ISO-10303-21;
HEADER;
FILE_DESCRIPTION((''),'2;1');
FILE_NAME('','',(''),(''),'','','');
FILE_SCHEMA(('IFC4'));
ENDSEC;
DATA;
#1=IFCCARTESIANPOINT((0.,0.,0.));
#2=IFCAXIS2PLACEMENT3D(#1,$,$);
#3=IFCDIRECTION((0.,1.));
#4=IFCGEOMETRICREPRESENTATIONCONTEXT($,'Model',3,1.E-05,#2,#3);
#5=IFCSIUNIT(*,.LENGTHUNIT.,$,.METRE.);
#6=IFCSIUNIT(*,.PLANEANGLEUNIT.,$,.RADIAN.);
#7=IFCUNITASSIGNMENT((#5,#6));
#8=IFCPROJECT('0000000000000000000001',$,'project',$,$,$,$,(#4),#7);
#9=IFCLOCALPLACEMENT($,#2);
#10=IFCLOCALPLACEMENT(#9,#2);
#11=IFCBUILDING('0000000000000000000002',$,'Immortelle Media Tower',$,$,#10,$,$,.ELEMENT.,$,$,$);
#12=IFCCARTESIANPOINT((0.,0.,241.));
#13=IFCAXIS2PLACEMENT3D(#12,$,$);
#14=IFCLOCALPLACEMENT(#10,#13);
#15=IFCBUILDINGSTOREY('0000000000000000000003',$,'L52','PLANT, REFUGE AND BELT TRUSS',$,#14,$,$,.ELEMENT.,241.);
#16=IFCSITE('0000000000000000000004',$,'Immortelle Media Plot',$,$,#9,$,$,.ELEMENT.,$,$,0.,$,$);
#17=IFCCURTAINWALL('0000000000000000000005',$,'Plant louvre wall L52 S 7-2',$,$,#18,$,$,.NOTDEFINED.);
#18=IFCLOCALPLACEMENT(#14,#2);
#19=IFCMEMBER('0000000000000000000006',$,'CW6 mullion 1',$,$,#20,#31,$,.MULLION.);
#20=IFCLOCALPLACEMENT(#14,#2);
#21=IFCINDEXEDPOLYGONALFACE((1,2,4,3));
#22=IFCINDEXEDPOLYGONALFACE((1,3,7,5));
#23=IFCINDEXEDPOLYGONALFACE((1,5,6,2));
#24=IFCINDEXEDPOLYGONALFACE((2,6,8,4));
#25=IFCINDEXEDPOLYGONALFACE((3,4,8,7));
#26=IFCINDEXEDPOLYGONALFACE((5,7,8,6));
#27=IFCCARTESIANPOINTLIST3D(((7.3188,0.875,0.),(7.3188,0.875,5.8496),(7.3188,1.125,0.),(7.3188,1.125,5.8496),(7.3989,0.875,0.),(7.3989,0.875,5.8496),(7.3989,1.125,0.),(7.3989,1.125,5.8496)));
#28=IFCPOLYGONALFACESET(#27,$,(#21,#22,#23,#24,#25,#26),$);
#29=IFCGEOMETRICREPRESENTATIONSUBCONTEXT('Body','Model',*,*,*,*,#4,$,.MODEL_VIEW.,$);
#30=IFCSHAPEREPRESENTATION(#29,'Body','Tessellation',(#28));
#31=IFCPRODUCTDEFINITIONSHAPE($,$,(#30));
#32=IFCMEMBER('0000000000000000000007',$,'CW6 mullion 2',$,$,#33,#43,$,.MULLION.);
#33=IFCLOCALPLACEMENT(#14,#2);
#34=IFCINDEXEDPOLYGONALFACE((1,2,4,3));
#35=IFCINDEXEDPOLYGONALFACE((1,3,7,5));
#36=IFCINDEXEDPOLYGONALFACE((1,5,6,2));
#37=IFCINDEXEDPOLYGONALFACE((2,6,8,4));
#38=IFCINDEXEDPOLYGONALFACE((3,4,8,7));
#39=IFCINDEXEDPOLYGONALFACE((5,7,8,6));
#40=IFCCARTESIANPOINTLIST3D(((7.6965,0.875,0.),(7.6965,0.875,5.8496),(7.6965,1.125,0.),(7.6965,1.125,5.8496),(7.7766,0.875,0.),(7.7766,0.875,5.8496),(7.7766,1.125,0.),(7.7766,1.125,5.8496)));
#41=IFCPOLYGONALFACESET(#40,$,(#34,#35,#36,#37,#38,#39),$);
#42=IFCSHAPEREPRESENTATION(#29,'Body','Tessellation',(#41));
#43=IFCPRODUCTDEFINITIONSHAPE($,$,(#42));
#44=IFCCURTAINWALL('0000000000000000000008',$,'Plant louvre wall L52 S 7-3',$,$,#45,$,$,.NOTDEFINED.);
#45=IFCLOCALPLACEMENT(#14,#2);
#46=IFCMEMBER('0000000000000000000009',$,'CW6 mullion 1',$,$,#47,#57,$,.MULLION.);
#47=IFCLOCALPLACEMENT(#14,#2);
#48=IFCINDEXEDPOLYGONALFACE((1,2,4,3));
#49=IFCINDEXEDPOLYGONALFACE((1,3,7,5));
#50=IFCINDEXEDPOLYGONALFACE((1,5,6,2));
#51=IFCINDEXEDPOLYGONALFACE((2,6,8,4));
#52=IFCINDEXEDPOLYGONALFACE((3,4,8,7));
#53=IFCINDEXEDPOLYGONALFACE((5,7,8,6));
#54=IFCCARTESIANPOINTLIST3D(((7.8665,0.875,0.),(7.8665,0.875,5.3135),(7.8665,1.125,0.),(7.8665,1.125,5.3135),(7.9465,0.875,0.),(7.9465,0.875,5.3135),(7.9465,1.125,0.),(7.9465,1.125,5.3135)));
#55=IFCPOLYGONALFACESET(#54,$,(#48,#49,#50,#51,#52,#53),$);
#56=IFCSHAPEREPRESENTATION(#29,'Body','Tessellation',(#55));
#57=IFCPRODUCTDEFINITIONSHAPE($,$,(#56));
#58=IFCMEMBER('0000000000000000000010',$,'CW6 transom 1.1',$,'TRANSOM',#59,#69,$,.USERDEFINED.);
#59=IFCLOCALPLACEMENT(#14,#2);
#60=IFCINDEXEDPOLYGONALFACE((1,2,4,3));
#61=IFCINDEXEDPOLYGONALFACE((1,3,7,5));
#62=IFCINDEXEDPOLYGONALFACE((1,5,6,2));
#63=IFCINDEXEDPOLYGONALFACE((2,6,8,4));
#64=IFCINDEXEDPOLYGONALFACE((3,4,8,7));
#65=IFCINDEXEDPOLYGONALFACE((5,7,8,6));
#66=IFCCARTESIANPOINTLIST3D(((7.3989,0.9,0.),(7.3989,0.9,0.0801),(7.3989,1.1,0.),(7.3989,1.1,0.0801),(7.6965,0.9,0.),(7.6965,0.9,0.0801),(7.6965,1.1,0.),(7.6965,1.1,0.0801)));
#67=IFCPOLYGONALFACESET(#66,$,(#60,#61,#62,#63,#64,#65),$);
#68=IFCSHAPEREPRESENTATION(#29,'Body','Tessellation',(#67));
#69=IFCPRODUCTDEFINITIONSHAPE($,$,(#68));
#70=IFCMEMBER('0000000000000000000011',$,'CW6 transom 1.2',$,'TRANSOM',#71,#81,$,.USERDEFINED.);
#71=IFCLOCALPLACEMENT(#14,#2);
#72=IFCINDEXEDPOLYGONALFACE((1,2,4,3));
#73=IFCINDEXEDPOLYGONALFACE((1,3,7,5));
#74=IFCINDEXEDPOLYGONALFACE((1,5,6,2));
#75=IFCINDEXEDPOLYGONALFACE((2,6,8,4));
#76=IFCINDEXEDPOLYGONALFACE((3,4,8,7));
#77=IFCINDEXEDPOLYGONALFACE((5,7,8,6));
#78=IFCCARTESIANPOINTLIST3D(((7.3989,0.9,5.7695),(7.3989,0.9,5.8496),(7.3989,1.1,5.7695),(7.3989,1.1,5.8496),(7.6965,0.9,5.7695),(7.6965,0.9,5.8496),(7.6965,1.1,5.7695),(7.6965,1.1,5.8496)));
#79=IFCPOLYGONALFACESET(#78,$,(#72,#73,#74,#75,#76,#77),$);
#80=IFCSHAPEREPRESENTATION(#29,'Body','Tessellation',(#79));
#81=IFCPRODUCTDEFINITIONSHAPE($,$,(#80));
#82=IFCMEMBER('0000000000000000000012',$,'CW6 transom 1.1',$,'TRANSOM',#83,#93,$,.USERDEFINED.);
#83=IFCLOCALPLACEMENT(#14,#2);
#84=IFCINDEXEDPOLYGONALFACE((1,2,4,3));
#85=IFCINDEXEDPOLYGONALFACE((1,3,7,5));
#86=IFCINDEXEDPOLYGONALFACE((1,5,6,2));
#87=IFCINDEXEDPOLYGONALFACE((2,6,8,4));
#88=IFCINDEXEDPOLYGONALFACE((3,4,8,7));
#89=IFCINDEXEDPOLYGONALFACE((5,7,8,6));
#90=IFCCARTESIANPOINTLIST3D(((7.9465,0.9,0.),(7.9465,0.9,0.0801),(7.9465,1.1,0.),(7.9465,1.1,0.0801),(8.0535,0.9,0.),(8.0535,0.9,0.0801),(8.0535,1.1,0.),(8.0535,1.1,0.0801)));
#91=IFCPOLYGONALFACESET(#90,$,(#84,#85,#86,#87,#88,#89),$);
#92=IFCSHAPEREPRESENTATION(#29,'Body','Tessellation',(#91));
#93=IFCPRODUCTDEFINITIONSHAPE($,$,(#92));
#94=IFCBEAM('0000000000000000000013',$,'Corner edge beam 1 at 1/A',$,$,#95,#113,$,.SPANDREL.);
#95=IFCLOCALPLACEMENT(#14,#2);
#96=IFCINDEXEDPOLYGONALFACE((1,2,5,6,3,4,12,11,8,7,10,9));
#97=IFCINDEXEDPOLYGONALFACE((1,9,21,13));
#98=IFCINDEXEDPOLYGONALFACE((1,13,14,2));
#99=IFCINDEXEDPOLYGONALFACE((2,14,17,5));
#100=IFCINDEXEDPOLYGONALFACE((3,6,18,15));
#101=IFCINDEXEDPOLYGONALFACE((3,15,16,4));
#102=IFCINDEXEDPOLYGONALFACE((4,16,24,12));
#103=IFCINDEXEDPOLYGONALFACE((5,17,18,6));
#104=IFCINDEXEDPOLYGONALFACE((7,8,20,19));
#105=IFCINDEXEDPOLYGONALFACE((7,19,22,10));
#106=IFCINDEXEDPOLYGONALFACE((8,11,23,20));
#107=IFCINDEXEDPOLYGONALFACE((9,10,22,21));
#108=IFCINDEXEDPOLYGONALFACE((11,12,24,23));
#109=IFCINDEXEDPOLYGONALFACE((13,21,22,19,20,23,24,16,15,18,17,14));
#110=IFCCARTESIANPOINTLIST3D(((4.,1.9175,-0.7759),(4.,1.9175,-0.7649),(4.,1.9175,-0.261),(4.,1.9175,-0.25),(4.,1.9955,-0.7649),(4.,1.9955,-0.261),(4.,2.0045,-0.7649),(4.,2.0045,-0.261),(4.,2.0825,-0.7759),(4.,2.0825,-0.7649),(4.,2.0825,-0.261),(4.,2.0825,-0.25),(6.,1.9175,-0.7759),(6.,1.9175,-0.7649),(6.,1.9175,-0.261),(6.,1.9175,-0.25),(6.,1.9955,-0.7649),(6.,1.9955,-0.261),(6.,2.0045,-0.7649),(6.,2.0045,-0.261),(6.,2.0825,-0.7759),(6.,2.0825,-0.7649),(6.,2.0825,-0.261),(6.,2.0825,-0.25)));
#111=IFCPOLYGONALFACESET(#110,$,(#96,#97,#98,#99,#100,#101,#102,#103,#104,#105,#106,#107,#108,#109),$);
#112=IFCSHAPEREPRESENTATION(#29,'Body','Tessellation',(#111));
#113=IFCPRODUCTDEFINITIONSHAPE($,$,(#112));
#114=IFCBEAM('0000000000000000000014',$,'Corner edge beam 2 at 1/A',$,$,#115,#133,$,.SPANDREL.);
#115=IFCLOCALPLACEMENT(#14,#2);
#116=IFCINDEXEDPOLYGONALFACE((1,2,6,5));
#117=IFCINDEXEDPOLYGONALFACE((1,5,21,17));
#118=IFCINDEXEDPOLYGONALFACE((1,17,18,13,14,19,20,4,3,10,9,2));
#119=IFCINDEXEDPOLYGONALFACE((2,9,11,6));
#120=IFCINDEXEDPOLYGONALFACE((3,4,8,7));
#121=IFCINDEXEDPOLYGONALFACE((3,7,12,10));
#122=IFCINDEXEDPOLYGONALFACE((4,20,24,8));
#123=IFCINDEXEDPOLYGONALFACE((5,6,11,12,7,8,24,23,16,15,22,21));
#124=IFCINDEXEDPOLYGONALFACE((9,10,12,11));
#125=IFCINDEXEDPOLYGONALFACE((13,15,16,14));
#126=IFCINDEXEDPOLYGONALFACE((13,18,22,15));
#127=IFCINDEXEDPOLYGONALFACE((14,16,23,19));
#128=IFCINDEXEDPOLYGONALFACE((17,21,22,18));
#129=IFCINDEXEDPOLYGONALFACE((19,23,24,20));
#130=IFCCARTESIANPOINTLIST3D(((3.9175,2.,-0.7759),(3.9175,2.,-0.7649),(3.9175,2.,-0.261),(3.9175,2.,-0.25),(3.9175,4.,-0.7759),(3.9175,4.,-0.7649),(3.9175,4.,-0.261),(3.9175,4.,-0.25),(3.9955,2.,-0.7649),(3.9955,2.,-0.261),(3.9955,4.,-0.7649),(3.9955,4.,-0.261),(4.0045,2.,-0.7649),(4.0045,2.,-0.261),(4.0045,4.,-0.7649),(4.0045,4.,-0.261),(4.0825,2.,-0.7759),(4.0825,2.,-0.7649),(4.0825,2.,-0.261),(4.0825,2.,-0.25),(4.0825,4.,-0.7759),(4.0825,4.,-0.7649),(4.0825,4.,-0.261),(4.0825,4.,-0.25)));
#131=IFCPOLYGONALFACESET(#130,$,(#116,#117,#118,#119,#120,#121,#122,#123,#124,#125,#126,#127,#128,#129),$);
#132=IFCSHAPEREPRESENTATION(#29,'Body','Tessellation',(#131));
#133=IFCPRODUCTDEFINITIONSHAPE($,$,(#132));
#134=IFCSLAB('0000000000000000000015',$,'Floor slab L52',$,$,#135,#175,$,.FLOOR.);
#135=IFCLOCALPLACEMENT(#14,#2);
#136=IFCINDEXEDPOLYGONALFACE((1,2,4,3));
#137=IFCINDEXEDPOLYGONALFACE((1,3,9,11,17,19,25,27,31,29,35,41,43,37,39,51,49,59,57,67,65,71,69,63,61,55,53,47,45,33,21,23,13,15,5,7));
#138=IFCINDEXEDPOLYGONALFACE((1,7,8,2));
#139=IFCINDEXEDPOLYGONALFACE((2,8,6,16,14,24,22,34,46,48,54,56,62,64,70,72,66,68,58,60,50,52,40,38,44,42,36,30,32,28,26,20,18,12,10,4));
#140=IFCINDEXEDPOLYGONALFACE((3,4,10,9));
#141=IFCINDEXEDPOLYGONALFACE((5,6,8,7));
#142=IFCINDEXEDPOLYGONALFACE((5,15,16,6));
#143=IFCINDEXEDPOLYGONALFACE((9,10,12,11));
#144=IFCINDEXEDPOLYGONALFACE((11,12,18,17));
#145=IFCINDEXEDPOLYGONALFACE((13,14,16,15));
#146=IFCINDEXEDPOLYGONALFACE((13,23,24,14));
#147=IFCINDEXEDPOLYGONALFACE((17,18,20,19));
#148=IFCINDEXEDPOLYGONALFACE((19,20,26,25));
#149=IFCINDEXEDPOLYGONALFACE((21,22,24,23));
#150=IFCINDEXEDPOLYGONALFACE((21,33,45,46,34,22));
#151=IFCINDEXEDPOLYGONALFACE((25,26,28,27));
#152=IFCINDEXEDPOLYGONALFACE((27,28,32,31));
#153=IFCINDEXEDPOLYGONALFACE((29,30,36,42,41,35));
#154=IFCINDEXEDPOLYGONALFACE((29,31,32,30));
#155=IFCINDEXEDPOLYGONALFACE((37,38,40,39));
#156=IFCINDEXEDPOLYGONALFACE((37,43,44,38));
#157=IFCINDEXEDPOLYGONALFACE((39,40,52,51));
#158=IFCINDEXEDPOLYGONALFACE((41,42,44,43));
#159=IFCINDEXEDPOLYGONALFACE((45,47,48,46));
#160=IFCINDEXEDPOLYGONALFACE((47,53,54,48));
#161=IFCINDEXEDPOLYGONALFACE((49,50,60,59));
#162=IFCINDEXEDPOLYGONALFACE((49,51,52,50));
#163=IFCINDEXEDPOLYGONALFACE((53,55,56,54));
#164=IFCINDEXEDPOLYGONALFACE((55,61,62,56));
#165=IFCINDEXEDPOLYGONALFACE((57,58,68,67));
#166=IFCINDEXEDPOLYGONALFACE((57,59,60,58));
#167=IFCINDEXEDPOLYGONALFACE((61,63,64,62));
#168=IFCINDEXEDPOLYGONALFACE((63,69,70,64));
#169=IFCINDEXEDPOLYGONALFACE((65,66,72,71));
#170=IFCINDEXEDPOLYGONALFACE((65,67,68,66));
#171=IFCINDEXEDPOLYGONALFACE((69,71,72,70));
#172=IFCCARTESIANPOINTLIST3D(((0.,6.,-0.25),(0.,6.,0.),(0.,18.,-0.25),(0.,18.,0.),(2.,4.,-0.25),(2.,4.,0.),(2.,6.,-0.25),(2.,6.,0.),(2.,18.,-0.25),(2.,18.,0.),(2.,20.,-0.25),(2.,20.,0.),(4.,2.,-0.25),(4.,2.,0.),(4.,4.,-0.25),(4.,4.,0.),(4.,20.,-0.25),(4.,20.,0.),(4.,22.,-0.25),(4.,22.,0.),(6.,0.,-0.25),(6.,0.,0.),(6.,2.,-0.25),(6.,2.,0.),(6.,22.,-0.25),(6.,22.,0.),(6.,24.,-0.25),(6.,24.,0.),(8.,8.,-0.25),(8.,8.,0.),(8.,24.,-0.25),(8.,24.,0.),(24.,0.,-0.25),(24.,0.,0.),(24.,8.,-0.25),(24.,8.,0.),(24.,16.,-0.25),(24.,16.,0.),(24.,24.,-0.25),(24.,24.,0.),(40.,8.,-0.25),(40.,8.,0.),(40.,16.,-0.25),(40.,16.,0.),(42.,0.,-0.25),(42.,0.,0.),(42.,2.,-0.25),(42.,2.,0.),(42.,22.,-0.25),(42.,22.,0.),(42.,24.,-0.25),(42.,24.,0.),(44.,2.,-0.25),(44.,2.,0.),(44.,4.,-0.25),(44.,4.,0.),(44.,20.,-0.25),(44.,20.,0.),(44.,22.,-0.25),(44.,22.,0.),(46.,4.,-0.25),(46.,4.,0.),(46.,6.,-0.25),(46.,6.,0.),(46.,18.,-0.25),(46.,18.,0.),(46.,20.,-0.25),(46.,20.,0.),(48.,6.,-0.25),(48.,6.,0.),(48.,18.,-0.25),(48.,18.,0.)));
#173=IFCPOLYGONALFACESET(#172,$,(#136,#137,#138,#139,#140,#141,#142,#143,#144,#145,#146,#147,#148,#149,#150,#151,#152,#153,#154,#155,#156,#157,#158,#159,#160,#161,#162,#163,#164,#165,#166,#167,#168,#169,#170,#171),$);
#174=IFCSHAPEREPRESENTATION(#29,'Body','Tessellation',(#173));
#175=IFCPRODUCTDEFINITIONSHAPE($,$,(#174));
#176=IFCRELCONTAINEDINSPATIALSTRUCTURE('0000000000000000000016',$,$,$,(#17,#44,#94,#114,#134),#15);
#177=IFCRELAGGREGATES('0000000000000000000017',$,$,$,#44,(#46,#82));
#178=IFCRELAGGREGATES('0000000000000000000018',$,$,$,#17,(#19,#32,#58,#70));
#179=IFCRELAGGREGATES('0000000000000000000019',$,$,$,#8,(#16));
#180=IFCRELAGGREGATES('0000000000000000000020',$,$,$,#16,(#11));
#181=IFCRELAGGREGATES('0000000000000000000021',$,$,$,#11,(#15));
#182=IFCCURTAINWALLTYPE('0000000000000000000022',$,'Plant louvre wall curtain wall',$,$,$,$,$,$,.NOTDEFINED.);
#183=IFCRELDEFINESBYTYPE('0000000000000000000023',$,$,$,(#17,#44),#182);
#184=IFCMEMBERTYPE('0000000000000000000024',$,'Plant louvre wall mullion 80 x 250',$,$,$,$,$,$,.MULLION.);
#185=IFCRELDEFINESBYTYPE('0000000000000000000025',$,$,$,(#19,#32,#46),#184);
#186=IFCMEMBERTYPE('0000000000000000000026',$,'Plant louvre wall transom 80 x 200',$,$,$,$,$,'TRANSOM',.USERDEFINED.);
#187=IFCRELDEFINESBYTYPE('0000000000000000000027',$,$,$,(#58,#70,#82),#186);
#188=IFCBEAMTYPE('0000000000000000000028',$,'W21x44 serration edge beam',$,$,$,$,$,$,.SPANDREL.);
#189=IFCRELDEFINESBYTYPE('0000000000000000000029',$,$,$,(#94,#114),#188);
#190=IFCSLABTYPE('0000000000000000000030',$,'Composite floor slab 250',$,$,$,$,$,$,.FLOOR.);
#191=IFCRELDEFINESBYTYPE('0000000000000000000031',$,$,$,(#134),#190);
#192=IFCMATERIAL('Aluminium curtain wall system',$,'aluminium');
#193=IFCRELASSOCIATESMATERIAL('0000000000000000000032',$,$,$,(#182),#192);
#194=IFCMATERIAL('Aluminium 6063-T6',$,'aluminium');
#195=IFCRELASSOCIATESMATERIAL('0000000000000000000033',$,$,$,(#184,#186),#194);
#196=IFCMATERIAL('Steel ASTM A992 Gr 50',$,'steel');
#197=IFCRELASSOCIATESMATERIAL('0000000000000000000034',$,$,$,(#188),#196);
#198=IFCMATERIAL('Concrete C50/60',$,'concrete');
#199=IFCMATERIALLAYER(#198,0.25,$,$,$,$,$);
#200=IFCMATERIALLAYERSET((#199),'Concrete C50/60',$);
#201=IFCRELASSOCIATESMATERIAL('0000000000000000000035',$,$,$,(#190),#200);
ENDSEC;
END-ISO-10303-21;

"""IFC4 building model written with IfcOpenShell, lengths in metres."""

from ifc_helpers import new_model, si_unit, direction, frame, origin, origin_2d, place, context, subcontext, project, spatial, polyline, rectangle, i_section, outline, extrude, material, layer, layer_set, material_profile, profile_set, type_object, element, aggregate, save


model = new_model("IFC4")

# Units and contexts
model_context = context("Model", 3, precision=1e-05, world=origin(), true_north=direction((0.0, 1.0)))
body_context = subcontext(model_context, "Body", "Model", "MODEL_VIEW")
ifc_project = project(units=[si_unit("LENGTHUNIT", "METRE"), si_unit("PLANEANGLEUNIT", "RADIAN")], contexts=[model_context])

# Site, building, storey
site_placement = place(None, origin())
site = spatial("IfcSite", under=ifc_project, at=site_placement, Name="Immortelle Media Plot", CompositionType="ELEMENT", RefElevation=0.0)
building_placement = place(site_placement, origin())
building = spatial("IfcBuilding", under=site, at=building_placement, Name="Immortelle Media Tower", CompositionType="ELEMENT")
storey_placement = place(building_placement, frame((0.0, 0.0, 241.0)))
storey = spatial("IfcBuildingStorey", under=building, at=storey_placement, Name="L52", Description="PLANT, REFUGE AND BELT TRUSS", CompositionType="ELEMENT", Elevation=241.0)

# Curtain wall, members
ifc_material_1 = material(Name="Aluminium curtain wall system", Category="aluminium")
curtain_wall_type = type_object("IfcCurtainWallType", Name="Plant louvre wall curtain wall", PredefinedType="NOTDEFINED", material=ifc_material_1)
curtain_wall_1_placement = place(storey_placement, origin())
curtain_wall_1 = element("IfcCurtainWall", 1, at=curtain_wall_1_placement, inside=storey, type_object=curtain_wall_type, Name="Plant louvre wall L52 S 7-2", PredefinedType="NOTDEFINED")
ifc_material_2 = material(Name="Aluminium 6063-T6", Category="aluminium")
ifc_material_profile_1 = material_profile(ifc_material_2, rectangle(XDim=0.25, YDim=0.0801, at=origin_2d()), Name="AL 80x250")
ifc_profile_set_1 = profile_set([ifc_material_profile_1], Name="Aluminium 6063-T6")
member_type_1 = type_object("IfcMemberType", Name="Plant louvre wall mullion 80 x 250", PredefinedType="MULLION", material=ifc_profile_set_1)
member_1_placement = place(storey_placement, frame((7.3589, 1.0, 0.0), z_axis=(0.0, 0.0, 1.0), x_axis=(0.0, 1.0, 0.0)))
member_1 = element("IfcMember", 2, at=member_1_placement, type_object=member_type_1, Name="CW6 mullion 1", PredefinedType="MULLION", context=body_context, shape_type="SweptSolid", body=[
    extrude(rectangle(XDim=0.25, YDim=0.0801, at=origin_2d()), origin(), (0.0, 0.0, 1.0), 5.8496),
])
member_2_placement = place(storey_placement, frame((7.7366, 1.0, 0.0), z_axis=(0.0, 0.0, 1.0), x_axis=(0.0, 1.0, 0.0)))
member_2 = element("IfcMember", 3, at=member_2_placement, type_object=member_type_1, Name="CW6 mullion 2", PredefinedType="MULLION", context=body_context, shape_type="SweptSolid", body=[
    extrude(rectangle(XDim=0.25, YDim=0.0801, at=origin_2d()), origin(), (0.0, 0.0, 1.0), 5.8496),
])

# Curtain wall, member
curtain_wall_2_placement = place(storey_placement, origin())
curtain_wall_2 = element("IfcCurtainWall", 4, at=curtain_wall_2_placement, inside=storey, type_object=curtain_wall_type, Name="Plant louvre wall L52 S 7-3", PredefinedType="NOTDEFINED")
member_3_placement = place(storey_placement, frame((7.9065, 1.0, 0.0), z_axis=(0.0, 0.0, 1.0), x_axis=(0.0, 1.0, 0.0)))
member_3 = element("IfcMember", 5, at=member_3_placement, type_object=member_type_1, Name="CW6 mullion 1", PredefinedType="MULLION", context=body_context, shape_type="SweptSolid", body=[
    extrude(rectangle(XDim=0.25, YDim=0.0801, at=origin_2d()), origin(), (0.0, 0.0, 1.0), 5.3135),
])

# Members
ifc_material_profile_2 = material_profile(ifc_material_2, rectangle(XDim=0.2, YDim=0.0801, at=origin_2d()), Name="AL 80x200")
ifc_profile_set_2 = profile_set([ifc_material_profile_2], Name="Aluminium 6063-T6")
member_type_2 = type_object("IfcMemberType", Name="Plant louvre wall transom 80 x 200", ElementType="TRANSOM", PredefinedType="USERDEFINED", material=ifc_profile_set_2)
member_4_placement = place(storey_placement, frame((7.3989, 1.0, 0.04), z_axis=(1.0, 0.0, 0.0), x_axis=(0.0, 1.0, 0.0)))
member_4 = element("IfcMember", 6, at=member_4_placement, type_object=member_type_2, Name="CW6 transom 1.1", ObjectType="TRANSOM", PredefinedType="USERDEFINED", context=body_context, shape_type="SweptSolid", body=[
    extrude(rectangle(XDim=0.2, YDim=0.0801, at=origin_2d()), origin(), (0.0, 0.0, 1.0), 0.2976),
])
member_5_placement = place(storey_placement, frame((7.3989, 1.0, 5.8096), z_axis=(1.0, 0.0, 0.0), x_axis=(0.0, 1.0, 0.0)))
member_5 = element("IfcMember", 7, at=member_5_placement, type_object=member_type_2, Name="CW6 transom 1.2", ObjectType="TRANSOM", PredefinedType="USERDEFINED", context=body_context, shape_type="SweptSolid", body=[
    extrude(rectangle(XDim=0.2, YDim=0.0801, at=origin_2d()), origin(), (0.0, 0.0, 1.0), 0.2976),
])
member_6_placement = place(storey_placement, frame((7.9465, 1.0, 0.04), z_axis=(1.0, 0.0, 0.0), x_axis=(0.0, 1.0, 0.0)))
member_6 = element("IfcMember", 8, at=member_6_placement, type_object=member_type_2, Name="CW6 transom 1.1", ObjectType="TRANSOM", PredefinedType="USERDEFINED", context=body_context, shape_type="SweptSolid", body=[
    extrude(rectangle(XDim=0.2, YDim=0.0801, at=origin_2d()), origin(), (0.0, 0.0, 1.0), 0.1069),
])
aggregate(curtain_wall_2, [member_3, member_6])

# Beams
ifc_material_3 = material(Name="Steel ASTM A992 Gr 50", Category="steel")
ifc_material_profile_3 = material_profile(ifc_material_3, i_section(OverallWidth=0.165, OverallDepth=0.5259, WebThickness=0.009, FlangeThickness=0.011, at=origin_2d()), Name="W21x44")
ifc_profile_set_3 = profile_set([ifc_material_profile_3], Name="Steel ASTM A992 Gr 50")
beam_type = type_object("IfcBeamType", Name="W21x44 serration edge beam", PredefinedType="SPANDREL", material=ifc_profile_set_3)
for number, where, z_axis, x_axis, name in (
    (9, (6.0, 2.0, -0.5129), (-1.0, 0.0, 0.0), (0.0, -1.0, 0.0), "Corner edge beam 1 at 1/A"),
    (10, (4.0, 2.0, -0.5129), (0.0, 1.0, 0.0), (-1.0, 0.0, 0.0), "Corner edge beam 2 at 1/A"),
):
    element("IfcBeam", number, at=place(storey_placement, frame(where, z_axis=z_axis, x_axis=x_axis)), inside=storey, type_object=beam_type, Name=name, PredefinedType="SPANDREL", context=body_context, shape_type="SweptSolid", body=[
        extrude(i_section(OverallWidth=0.165, OverallDepth=0.5259, WebThickness=0.009, FlangeThickness=0.011, at=origin_2d()), origin(), (0.0, 0.0, 1.0), 2.0),
    ])

# Slab
ifc_material_4 = material(Name="Concrete C50/60", Category="concrete")
ifc_layer_1 = layer(ifc_material_4, 0.25)
ifc_layer_set_1 = layer_set([ifc_layer_1], Name="Concrete C50/60")
slab_type_1 = type_object("IfcSlabType", Name="Composite floor slab 250", PredefinedType="FLOOR", material=ifc_layer_set_1)
slab_1_placement = place(storey_placement, frame((0.0, 0.0, -0.25)))
element("IfcSlab", 11, at=slab_1_placement, inside=storey, type_object=slab_type_1, Name="Floor slab L52", PredefinedType="FLOOR", context=body_context, shape_type="SweptSolid", body=[
    extrude(outline(polyline([(42.0, 24.0), (42.0, 22.0), (44.0, 22.0), (44.0, 20.0), (46.0, 20.0), (46.0, 18.0), (48.0, 18.0), (48.0, 6.0), (46.0, 6.0), (46.0, 4.0), (44.0, 4.0), (44.0, 2.0), (42.0, 2.0), (42.0, 0.0), (24.0, 0.0), (6.0, 0.0), (6.0, 2.0), (4.0, 2.0), (4.0, 4.0), (2.0, 4.0), (2.0, 6.0), (0.0, 6.0), (0.0, 18.0), (2.0, 18.0), (2.0, 20.0), (4.0, 20.0), (4.0, 22.0), (6.0, 22.0), (6.0, 24.0), (8.0, 24.0), (8.0, 8.0), (24.0, 8.0), (40.0, 8.0), (40.0, 16.0), (24.0, 16.0), (24.0, 24.0), (42.0, 24.0)])), origin(), (0.0, 0.0, 1.0), 0.25),
])

aggregate(curtain_wall_1, [member_1, member_2, member_4, member_5])

save(model, "model.ifc")
